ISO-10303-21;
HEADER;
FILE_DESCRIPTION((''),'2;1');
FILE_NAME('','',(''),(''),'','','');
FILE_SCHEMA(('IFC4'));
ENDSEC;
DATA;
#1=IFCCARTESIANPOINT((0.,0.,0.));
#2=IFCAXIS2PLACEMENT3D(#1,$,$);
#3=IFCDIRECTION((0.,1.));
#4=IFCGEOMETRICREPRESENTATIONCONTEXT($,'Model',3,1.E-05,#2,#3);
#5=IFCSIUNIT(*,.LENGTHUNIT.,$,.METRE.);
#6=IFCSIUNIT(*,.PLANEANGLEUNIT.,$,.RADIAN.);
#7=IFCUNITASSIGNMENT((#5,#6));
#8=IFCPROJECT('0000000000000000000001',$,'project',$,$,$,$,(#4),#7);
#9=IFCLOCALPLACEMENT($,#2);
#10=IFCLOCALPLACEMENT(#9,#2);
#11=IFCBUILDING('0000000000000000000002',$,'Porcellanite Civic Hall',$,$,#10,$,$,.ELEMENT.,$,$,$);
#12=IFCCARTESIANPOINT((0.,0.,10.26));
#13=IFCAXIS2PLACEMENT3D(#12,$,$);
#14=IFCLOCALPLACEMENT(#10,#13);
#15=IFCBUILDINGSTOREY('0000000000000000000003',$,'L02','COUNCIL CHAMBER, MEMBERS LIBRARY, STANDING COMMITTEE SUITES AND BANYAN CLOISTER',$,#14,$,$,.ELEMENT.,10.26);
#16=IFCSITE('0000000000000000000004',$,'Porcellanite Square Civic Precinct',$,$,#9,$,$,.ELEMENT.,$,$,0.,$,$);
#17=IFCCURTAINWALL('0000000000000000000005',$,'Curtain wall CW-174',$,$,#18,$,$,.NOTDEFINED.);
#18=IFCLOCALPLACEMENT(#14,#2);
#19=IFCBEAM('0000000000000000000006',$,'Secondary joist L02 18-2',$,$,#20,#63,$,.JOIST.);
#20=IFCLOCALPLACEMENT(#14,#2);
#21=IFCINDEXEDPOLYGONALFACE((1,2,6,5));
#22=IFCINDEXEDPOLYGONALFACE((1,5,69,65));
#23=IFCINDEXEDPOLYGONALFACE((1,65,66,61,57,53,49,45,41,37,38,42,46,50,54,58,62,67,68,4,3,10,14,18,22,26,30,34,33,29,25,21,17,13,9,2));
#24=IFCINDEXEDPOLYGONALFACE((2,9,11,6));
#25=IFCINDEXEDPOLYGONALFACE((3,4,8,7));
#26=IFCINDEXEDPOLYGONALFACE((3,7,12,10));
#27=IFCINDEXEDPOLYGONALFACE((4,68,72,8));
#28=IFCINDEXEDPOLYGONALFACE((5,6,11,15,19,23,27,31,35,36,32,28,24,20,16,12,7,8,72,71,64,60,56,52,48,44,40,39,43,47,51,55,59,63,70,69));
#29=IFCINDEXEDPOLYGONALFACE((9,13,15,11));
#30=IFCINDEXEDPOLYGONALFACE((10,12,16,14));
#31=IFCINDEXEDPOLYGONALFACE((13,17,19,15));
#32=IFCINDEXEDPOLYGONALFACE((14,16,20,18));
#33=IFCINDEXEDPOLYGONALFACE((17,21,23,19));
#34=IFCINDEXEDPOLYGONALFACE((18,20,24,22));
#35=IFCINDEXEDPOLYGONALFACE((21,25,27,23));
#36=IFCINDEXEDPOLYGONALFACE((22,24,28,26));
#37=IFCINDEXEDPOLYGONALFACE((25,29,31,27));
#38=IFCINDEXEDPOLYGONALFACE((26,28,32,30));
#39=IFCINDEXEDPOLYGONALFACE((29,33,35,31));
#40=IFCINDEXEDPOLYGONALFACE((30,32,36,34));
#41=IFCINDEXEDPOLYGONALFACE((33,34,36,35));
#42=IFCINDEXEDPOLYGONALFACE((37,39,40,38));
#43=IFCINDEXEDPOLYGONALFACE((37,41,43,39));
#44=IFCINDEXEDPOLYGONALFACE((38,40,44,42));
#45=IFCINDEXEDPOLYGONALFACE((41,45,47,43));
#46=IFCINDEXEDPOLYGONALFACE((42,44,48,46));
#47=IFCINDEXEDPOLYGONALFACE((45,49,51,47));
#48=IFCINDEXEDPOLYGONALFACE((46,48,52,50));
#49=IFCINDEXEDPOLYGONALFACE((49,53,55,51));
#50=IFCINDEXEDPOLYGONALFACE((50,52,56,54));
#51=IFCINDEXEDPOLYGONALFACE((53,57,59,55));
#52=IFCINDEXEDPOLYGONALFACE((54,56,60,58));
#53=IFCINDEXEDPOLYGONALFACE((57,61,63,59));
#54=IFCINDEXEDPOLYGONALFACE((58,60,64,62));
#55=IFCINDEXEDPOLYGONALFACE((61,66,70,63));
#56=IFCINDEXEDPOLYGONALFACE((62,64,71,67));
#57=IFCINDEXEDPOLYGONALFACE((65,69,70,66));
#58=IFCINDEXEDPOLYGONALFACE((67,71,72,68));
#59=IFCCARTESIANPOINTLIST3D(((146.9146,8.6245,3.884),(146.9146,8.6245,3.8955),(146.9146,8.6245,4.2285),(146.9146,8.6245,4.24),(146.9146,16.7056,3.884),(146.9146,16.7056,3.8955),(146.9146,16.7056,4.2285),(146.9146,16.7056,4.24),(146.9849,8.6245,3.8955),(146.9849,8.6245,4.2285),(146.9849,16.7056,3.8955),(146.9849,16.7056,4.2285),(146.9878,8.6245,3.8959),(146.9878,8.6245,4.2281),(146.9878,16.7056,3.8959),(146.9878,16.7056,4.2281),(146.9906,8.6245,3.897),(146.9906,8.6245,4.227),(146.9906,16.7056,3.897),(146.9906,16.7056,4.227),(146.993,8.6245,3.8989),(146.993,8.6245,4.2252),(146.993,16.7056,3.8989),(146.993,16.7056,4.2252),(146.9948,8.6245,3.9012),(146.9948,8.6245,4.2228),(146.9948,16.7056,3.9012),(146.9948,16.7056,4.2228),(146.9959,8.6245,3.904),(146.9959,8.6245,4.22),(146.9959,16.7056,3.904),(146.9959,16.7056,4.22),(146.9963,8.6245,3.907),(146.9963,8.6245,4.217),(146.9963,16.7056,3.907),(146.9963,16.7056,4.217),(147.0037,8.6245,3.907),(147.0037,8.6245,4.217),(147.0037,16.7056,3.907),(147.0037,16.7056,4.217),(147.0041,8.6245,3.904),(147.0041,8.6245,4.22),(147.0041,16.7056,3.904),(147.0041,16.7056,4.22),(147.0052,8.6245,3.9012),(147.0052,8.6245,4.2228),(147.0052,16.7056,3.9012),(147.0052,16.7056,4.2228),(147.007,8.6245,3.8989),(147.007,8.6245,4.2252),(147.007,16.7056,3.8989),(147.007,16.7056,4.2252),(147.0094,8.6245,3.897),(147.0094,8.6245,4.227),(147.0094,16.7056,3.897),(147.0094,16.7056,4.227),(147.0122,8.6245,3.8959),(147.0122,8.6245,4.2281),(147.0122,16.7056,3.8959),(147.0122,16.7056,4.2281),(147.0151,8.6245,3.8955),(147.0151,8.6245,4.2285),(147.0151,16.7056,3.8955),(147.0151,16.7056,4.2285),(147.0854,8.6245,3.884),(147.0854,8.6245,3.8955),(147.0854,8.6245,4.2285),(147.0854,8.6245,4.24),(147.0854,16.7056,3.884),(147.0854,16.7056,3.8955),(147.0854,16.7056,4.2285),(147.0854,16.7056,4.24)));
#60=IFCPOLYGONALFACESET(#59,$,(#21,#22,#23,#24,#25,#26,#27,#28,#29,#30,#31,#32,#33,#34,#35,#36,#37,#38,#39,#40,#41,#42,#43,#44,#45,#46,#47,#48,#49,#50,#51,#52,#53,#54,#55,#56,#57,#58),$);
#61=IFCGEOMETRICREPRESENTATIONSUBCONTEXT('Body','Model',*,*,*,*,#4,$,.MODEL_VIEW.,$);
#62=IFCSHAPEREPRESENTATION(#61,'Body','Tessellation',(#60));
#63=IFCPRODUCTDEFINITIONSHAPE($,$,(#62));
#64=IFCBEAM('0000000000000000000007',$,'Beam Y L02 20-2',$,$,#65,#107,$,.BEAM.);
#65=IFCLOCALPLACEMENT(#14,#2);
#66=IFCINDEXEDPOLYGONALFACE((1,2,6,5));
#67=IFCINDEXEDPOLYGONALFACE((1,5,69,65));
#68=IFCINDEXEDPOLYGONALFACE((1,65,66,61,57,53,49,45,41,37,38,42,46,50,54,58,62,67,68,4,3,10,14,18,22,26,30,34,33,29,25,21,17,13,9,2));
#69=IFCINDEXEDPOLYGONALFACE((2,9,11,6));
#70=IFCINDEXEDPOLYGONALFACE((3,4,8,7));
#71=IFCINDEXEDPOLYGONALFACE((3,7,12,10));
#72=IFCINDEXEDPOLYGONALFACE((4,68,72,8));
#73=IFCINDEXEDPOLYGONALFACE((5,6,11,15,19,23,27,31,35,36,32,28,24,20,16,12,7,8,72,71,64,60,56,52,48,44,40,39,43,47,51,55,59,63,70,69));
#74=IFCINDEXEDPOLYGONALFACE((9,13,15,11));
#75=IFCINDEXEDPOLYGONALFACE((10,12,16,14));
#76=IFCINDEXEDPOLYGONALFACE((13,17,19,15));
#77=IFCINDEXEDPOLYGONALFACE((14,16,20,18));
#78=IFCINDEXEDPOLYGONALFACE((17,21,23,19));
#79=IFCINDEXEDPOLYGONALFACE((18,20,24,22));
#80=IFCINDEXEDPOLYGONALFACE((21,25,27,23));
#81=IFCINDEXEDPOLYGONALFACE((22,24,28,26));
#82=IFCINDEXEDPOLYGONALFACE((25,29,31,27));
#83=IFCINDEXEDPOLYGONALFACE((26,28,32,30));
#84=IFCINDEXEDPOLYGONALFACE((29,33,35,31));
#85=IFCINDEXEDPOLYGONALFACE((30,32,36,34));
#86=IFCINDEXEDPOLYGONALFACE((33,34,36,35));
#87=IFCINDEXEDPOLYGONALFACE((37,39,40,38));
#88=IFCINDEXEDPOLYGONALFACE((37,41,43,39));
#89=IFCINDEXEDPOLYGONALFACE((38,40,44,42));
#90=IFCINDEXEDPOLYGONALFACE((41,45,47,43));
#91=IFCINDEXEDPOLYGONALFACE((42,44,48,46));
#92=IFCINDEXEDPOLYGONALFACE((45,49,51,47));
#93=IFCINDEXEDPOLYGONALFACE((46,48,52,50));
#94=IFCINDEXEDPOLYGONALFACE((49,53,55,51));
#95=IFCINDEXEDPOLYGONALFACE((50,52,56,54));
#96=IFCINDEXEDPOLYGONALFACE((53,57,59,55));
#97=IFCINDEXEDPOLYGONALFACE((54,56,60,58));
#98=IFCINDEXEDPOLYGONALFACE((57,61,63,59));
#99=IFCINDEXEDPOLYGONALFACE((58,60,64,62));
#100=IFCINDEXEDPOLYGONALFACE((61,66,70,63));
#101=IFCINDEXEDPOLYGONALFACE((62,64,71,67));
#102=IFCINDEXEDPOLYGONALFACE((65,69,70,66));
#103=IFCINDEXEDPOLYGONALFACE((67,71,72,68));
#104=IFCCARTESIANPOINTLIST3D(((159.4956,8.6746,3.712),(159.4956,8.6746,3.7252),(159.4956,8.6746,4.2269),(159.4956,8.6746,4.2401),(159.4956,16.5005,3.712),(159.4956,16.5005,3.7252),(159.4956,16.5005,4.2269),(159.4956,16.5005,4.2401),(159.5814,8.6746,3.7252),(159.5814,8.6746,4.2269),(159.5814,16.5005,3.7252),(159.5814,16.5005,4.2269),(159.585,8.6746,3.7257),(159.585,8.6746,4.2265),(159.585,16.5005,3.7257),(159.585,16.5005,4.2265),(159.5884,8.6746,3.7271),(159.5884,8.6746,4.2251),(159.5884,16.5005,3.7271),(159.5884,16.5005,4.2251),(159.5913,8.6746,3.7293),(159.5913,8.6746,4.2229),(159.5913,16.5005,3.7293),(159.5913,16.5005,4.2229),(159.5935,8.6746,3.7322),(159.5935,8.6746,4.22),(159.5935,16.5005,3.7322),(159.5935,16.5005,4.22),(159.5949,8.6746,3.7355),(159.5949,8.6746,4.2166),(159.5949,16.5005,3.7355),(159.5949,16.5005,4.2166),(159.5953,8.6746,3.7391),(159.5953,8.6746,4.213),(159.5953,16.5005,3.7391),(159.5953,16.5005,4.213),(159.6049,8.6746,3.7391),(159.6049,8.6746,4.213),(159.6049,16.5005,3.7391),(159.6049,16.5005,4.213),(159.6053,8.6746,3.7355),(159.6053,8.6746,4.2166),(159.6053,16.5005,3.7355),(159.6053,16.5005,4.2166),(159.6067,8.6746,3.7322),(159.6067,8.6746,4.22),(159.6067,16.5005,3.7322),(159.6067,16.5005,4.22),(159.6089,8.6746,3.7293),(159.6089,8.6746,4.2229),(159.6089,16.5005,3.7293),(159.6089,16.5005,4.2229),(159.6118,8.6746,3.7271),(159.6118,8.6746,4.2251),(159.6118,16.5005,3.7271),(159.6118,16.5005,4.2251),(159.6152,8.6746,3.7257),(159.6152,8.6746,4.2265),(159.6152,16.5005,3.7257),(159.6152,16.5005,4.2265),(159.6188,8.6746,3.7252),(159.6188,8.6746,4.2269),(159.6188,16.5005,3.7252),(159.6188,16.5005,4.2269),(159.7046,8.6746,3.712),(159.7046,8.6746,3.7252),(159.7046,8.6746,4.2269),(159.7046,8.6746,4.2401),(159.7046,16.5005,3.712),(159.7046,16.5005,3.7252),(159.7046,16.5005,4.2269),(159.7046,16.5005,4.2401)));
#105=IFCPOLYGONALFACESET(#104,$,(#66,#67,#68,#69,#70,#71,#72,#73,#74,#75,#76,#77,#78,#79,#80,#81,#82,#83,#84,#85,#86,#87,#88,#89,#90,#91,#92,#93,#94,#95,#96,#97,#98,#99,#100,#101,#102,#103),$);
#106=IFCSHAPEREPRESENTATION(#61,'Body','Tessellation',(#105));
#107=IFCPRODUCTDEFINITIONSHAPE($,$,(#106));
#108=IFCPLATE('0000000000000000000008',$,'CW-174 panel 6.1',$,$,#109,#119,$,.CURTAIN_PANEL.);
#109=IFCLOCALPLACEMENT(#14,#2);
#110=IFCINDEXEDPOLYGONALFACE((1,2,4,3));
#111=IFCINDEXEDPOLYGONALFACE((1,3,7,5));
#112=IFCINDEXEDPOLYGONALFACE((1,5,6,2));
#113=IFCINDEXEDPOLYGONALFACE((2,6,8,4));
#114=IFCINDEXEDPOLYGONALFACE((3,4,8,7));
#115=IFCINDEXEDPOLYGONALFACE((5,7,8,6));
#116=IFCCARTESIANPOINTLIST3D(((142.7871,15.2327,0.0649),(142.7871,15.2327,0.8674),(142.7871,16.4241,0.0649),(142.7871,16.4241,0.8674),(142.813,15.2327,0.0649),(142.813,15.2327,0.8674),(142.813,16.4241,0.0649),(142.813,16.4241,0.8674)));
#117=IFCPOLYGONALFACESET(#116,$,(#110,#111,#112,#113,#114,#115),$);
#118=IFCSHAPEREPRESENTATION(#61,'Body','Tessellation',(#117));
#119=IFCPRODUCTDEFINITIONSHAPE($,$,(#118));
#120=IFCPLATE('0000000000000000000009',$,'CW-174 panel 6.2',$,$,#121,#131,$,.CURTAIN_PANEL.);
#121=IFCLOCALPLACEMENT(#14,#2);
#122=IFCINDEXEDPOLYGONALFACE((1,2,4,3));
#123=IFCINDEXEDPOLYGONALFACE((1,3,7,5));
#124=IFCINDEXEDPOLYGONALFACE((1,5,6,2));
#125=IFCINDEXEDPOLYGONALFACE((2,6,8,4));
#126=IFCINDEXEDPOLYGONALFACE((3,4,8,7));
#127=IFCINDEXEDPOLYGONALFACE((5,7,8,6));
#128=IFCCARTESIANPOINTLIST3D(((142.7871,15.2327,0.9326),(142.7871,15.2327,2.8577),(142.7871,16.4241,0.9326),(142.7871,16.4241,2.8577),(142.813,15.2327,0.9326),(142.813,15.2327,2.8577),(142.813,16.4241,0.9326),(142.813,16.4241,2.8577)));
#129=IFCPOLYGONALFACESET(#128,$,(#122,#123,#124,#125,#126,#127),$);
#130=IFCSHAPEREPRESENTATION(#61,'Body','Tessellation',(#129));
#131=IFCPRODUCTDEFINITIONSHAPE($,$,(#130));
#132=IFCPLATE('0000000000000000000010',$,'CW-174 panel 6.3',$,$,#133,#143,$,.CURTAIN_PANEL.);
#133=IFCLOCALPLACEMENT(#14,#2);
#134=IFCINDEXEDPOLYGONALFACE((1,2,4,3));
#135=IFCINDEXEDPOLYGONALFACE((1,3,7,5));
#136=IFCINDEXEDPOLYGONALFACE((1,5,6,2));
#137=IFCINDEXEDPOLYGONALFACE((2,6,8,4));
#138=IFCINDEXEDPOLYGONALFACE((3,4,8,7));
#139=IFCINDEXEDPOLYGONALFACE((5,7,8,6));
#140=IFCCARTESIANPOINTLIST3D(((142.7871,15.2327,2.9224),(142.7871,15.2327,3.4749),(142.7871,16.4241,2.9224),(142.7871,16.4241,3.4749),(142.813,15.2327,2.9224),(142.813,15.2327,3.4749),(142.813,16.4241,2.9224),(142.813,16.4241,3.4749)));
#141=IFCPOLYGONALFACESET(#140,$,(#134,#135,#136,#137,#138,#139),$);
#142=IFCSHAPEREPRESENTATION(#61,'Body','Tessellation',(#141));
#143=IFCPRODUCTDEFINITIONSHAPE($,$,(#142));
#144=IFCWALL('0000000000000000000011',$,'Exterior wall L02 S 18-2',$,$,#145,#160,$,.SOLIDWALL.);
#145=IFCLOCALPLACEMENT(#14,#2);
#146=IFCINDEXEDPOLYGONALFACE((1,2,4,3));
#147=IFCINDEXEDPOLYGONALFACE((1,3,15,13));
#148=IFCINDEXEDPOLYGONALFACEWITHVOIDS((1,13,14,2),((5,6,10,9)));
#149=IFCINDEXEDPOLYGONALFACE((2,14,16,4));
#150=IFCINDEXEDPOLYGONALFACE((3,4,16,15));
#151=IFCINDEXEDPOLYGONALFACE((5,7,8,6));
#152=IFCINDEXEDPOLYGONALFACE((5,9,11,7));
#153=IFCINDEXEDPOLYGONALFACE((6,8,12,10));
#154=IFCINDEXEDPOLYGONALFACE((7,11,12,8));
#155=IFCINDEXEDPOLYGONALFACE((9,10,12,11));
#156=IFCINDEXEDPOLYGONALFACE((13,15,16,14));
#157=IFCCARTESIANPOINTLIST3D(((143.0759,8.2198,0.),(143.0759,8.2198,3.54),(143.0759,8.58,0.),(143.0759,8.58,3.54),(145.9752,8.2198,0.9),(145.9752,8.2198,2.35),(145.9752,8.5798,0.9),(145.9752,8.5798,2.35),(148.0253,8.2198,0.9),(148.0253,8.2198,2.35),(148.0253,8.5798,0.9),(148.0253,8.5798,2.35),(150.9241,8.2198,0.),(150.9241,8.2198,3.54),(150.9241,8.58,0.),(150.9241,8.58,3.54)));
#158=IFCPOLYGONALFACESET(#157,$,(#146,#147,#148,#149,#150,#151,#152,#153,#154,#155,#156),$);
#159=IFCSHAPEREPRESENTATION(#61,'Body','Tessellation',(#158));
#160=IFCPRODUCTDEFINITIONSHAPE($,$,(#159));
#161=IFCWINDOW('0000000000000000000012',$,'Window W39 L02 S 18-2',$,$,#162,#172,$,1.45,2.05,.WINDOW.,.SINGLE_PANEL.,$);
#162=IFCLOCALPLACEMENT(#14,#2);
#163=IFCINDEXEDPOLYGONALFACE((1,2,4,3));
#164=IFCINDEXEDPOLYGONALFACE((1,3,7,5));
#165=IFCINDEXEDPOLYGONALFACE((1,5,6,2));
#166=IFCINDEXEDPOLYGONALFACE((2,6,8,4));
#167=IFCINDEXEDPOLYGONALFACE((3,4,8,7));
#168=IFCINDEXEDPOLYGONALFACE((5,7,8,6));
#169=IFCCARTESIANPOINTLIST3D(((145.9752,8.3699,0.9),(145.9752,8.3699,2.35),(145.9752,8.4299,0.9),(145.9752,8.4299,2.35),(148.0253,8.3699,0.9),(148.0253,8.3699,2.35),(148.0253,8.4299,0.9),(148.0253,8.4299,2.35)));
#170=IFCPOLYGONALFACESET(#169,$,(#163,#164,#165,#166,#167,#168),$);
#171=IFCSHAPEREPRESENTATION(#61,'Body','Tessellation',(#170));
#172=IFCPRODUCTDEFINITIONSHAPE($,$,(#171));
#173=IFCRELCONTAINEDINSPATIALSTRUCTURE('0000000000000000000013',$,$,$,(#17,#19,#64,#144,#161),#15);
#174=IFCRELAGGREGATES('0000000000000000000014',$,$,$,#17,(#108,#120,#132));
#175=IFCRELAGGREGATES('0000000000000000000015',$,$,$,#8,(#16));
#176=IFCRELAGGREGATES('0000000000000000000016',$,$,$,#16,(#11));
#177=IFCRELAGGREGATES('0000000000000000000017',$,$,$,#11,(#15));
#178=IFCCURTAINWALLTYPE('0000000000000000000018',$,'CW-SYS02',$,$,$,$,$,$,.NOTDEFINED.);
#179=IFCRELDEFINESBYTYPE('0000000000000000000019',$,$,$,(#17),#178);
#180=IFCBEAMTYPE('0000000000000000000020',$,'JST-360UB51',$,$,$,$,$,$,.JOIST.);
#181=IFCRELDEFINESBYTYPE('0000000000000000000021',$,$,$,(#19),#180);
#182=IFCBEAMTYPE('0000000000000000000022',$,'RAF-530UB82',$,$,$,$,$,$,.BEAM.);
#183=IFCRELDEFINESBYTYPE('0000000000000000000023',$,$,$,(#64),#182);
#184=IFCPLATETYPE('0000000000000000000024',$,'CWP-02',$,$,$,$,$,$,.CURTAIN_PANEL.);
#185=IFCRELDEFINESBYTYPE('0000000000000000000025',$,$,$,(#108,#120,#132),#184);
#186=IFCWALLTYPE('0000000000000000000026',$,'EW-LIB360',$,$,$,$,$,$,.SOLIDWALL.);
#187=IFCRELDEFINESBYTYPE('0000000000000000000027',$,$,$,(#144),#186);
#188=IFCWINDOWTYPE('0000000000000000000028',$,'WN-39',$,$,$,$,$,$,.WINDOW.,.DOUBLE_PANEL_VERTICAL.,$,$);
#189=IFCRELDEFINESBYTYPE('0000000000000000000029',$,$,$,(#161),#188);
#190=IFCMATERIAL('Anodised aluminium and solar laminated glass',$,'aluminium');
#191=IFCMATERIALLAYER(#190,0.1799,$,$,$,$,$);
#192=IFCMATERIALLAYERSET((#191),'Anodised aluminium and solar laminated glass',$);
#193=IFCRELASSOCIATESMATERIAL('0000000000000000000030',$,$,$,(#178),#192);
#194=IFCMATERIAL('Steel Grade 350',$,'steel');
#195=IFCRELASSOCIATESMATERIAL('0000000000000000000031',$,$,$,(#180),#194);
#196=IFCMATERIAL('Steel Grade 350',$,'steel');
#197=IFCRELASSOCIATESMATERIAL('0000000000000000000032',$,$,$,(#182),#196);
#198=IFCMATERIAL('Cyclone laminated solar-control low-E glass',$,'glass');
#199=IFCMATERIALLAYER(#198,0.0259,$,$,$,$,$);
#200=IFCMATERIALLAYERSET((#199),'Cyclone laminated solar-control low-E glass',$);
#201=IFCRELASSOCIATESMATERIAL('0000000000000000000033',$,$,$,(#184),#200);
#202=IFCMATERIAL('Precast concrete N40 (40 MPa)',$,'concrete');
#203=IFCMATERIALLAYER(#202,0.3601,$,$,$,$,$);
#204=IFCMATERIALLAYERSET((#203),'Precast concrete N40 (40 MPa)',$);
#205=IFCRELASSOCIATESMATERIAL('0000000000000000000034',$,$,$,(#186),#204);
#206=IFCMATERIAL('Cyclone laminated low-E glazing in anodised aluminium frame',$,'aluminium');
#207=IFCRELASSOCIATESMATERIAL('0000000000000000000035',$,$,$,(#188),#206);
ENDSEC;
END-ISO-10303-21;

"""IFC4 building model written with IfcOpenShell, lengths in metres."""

from ifc_helpers import new_model, si_unit, direction, frame, frame_2d, origin, origin_2d, place, context, subcontext, project, spatial, rectangle, i_section, extrude, material, layer, layer_set, material_profile, profile_set, type_object, element, fill, aggregate, save


model = new_model("IFC4")

# Units and contexts
model_context = context("Model", 3, precision=1e-05, world=origin(), true_north=direction((0.0, 1.0)))
body_context = subcontext(model_context, "Body", "Model", "MODEL_VIEW")
ifc_project = project(units=[si_unit("LENGTHUNIT", "METRE"), si_unit("PLANEANGLEUNIT", "RADIAN")], contexts=[model_context])

# Site, building, storey
site_placement = place(None, origin())
site = spatial("IfcSite", under=ifc_project, at=site_placement, Name="Porcellanite Square Civic Precinct", CompositionType="ELEMENT", RefElevation=0.0)
building_placement = place(site_placement, origin())
building = spatial("IfcBuilding", under=site, at=building_placement, Name="Porcellanite Civic Hall", CompositionType="ELEMENT")
storey_placement = place(building_placement, frame((0.0, 0.0, 10.26)))
storey = spatial("IfcBuildingStorey", under=building, at=storey_placement, Name="L02", Description="COUNCIL CHAMBER, MEMBERS LIBRARY, STANDING COMMITTEE SUITES AND BANYAN CLOISTER", CompositionType="ELEMENT", Elevation=10.26)

# Curtain wall
ifc_material_1 = material(Name="Anodised aluminium and solar laminated glass", Category="aluminium")
ifc_layer_1 = layer(ifc_material_1, 0.1799)
ifc_layer_set_1 = layer_set([ifc_layer_1], Name="Anodised aluminium and solar laminated glass")
curtain_wall_type = type_object("IfcCurtainWallType", Name="CW-SYS02", PredefinedType="NOTDEFINED", material=ifc_layer_set_1)
curtain_wall_placement = place(storey_placement, origin())
curtain_wall = element("IfcCurtainWall", 1, at=curtain_wall_placement, inside=storey, type_object=curtain_wall_type, Name="Curtain wall CW-174", PredefinedType="NOTDEFINED")

# Beams
ifc_material_2 = material(Name="Steel Grade 350", Category="steel")
ifc_material_profile_1 = material_profile(ifc_material_2, i_section(OverallWidth=0.1709, OverallDepth=0.356, WebThickness=0.0073, FlangeThickness=0.0115, FilletRadius=0.0115, at=origin_2d()), Name="360UB50.7")
ifc_profile_set_1 = profile_set([ifc_material_profile_1], Name="Steel Grade 350")
beam_type_1 = type_object("IfcBeamType", Name="JST-360UB51", PredefinedType="JOIST", material=ifc_profile_set_1)
beam_1_placement = place(storey_placement, frame((147.0, 8.6245, 4.062), z_axis=(0.0, 1.0, 0.0), x_axis=(-1.0, 0.0, 0.0)))
element("IfcBeam", 2, at=beam_1_placement, inside=storey, type_object=beam_type_1, Name="Secondary joist L02 18-2", PredefinedType="JOIST", context=body_context, shape_type="SweptSolid", body=[
    extrude(i_section(OverallWidth=0.1709, OverallDepth=0.356, WebThickness=0.0073, FlangeThickness=0.0115, FilletRadius=0.0115, at=origin_2d()), origin(), (0.0, 0.0, 1.0), 8.0811),
])
ifc_material_3 = material(Name="Steel Grade 350", Category="steel")
ifc_material_profile_2 = material_profile(ifc_material_3, i_section(OverallWidth=0.209, OverallDepth=0.5281, WebThickness=0.0095, FlangeThickness=0.0132, FilletRadius=0.0139, at=origin_2d()), Name="530UB82.0")
ifc_profile_set_2 = profile_set([ifc_material_profile_2], Name="Steel Grade 350")
beam_type_2 = type_object("IfcBeamType", Name="RAF-530UB82", PredefinedType="BEAM", material=ifc_profile_set_2)
beam_2_placement = place(storey_placement, frame((159.6001, 8.6746, 3.9761), z_axis=(0.0, 1.0, 0.0), x_axis=(-1.0, 0.0, 0.0)))
element("IfcBeam", 3, at=beam_2_placement, inside=storey, type_object=beam_type_2, Name="Beam Y L02 20-2", PredefinedType="BEAM", context=body_context, shape_type="SweptSolid", body=[
    extrude(i_section(OverallWidth=0.209, OverallDepth=0.5281, WebThickness=0.0095, FlangeThickness=0.0132, FilletRadius=0.0139, at=origin_2d()), origin(), (0.0, 0.0, 1.0), 7.8259),
])

# Plates
ifc_material_4 = material(Name="Cyclone laminated solar-control low-E glass", Category="glass")
ifc_layer_2 = layer(ifc_material_4, 0.0259)
ifc_layer_set_2 = layer_set([ifc_layer_2], Name="Cyclone laminated solar-control low-E glass")
plate_type = type_object("IfcPlateType", Name="CWP-02", PredefinedType="CURTAIN_PANEL", material=ifc_layer_set_2)
plate_1_placement = place(storey_placement, frame((142.8, 15.8284, 0.0649), z_axis=(0.0, 0.0, 1.0), x_axis=(0.0, 1.0, 0.0)))
plate_1 = element("IfcPlate", 4, at=plate_1_placement, type_object=plate_type, Name="CW-174 panel 6.1", PredefinedType="CURTAIN_PANEL", context=body_context, shape_type="SweptSolid", body=[
    extrude(rectangle(XDim=1.1914, YDim=0.0259, at=origin_2d()), origin(), (0.0, 0.0, 1.0), 0.8025),
])
plate_2_placement = place(storey_placement, frame((142.8, 15.8284, 0.9326), z_axis=(0.0, 0.0, 1.0), x_axis=(0.0, 1.0, 0.0)))
plate_2 = element("IfcPlate", 5, at=plate_2_placement, type_object=plate_type, Name="CW-174 panel 6.2", PredefinedType="CURTAIN_PANEL", context=body_context, shape_type="SweptSolid", body=[
    extrude(rectangle(XDim=1.1914, YDim=0.0259, at=origin_2d()), origin(), (0.0, 0.0, 1.0), 1.925),
])
plate_3_placement = place(storey_placement, frame((142.8, 15.8284, 2.9224), z_axis=(0.0, 0.0, 1.0), x_axis=(0.0, 1.0, 0.0)))
plate_3 = element("IfcPlate", 6, at=plate_3_placement, type_object=plate_type, Name="CW-174 panel 6.3", PredefinedType="CURTAIN_PANEL", context=body_context, shape_type="SweptSolid", body=[
    extrude(rectangle(XDim=1.1914, YDim=0.0259, at=origin_2d()), origin(), (0.0, 0.0, 1.0), 0.5525),
])
aggregate(curtain_wall, [plate_1, plate_2, plate_3])

# Wall, opening, window
ifc_material_5 = material(Name="Precast concrete N40 (40 MPa)", Category="concrete")
ifc_layer_3 = layer(ifc_material_5, 0.3601)
ifc_layer_set_3 = layer_set([ifc_layer_3], Name="Precast concrete N40 (40 MPa)")
wall_type_1 = type_object("IfcWallType", Name="EW-LIB360", PredefinedType="SOLIDWALL", material=ifc_layer_set_3)
wall_1_placement = place(storey_placement, frame((150.9241, 8.3999, 0.0), z_axis=(0.0, 0.0, 1.0), x_axis=(-1.0, 0.0, 0.0)))
wall_1 = element("IfcWall", 7, at=wall_1_placement, inside=storey, type_object=wall_type_1, Name="Exterior wall L02 S 18-2", PredefinedType="SOLIDWALL", context=body_context, shape_type="SweptSolid", body=[
    extrude(rectangle(XDim=7.8481, YDim=0.3601, at=frame_2d((3.9241, 0.0))), origin(), (0.0, 0.0, 1.0), 3.54),
])
opening_1_placement = place(wall_1_placement, frame((2.8989, 0.0, 0.8999)))
opening_1 = element("IfcOpeningElement", 8, at=opening_1_placement, cuts=wall_1, PredefinedType="OPENING", context=body_context, shape_type="SweptSolid", body=[
    extrude(rectangle(XDim=2.05, YDim=1.45, at=frame_2d((1.0249, 0.7251))), frame((0.0, 0.1802, 0.0), z_axis=(0.0, -1.0, 0.0), x_axis=(1.0, 0.0, 0.0)), (0.0, 0.0, 1.0), 0.3601),
])
ifc_material_6 = material(Name="Cyclone laminated low-E glazing in anodised aluminium frame", Category="aluminium")
window_type = type_object("IfcWindowType", Name="WN-39", PartitioningType="DOUBLE_PANEL_VERTICAL", PredefinedType="WINDOW", material=ifc_material_6)
window_placement = place(opening_1_placement, origin())
window = element("IfcWindow", 9, at=window_placement, inside=storey, type_object=window_type, Name="Window W39 L02 S 18-2", OverallHeight=1.45, OverallWidth=2.05, PartitioningType="SINGLE_PANEL", PredefinedType="WINDOW", context=body_context, shape_type="SweptSolid", body=[
    extrude(rectangle(XDim=2.05, YDim=1.45, at=frame_2d((1.0249, 0.7251))), frame((0.0, 0.03, 0.0), z_axis=(0.0, -1.0, 0.0), x_axis=(1.0, 0.0, 0.0)), (0.0, 0.0, 1.0), 0.0601),
])
fill(opening_1, window)

save(model, "model.ifc")
